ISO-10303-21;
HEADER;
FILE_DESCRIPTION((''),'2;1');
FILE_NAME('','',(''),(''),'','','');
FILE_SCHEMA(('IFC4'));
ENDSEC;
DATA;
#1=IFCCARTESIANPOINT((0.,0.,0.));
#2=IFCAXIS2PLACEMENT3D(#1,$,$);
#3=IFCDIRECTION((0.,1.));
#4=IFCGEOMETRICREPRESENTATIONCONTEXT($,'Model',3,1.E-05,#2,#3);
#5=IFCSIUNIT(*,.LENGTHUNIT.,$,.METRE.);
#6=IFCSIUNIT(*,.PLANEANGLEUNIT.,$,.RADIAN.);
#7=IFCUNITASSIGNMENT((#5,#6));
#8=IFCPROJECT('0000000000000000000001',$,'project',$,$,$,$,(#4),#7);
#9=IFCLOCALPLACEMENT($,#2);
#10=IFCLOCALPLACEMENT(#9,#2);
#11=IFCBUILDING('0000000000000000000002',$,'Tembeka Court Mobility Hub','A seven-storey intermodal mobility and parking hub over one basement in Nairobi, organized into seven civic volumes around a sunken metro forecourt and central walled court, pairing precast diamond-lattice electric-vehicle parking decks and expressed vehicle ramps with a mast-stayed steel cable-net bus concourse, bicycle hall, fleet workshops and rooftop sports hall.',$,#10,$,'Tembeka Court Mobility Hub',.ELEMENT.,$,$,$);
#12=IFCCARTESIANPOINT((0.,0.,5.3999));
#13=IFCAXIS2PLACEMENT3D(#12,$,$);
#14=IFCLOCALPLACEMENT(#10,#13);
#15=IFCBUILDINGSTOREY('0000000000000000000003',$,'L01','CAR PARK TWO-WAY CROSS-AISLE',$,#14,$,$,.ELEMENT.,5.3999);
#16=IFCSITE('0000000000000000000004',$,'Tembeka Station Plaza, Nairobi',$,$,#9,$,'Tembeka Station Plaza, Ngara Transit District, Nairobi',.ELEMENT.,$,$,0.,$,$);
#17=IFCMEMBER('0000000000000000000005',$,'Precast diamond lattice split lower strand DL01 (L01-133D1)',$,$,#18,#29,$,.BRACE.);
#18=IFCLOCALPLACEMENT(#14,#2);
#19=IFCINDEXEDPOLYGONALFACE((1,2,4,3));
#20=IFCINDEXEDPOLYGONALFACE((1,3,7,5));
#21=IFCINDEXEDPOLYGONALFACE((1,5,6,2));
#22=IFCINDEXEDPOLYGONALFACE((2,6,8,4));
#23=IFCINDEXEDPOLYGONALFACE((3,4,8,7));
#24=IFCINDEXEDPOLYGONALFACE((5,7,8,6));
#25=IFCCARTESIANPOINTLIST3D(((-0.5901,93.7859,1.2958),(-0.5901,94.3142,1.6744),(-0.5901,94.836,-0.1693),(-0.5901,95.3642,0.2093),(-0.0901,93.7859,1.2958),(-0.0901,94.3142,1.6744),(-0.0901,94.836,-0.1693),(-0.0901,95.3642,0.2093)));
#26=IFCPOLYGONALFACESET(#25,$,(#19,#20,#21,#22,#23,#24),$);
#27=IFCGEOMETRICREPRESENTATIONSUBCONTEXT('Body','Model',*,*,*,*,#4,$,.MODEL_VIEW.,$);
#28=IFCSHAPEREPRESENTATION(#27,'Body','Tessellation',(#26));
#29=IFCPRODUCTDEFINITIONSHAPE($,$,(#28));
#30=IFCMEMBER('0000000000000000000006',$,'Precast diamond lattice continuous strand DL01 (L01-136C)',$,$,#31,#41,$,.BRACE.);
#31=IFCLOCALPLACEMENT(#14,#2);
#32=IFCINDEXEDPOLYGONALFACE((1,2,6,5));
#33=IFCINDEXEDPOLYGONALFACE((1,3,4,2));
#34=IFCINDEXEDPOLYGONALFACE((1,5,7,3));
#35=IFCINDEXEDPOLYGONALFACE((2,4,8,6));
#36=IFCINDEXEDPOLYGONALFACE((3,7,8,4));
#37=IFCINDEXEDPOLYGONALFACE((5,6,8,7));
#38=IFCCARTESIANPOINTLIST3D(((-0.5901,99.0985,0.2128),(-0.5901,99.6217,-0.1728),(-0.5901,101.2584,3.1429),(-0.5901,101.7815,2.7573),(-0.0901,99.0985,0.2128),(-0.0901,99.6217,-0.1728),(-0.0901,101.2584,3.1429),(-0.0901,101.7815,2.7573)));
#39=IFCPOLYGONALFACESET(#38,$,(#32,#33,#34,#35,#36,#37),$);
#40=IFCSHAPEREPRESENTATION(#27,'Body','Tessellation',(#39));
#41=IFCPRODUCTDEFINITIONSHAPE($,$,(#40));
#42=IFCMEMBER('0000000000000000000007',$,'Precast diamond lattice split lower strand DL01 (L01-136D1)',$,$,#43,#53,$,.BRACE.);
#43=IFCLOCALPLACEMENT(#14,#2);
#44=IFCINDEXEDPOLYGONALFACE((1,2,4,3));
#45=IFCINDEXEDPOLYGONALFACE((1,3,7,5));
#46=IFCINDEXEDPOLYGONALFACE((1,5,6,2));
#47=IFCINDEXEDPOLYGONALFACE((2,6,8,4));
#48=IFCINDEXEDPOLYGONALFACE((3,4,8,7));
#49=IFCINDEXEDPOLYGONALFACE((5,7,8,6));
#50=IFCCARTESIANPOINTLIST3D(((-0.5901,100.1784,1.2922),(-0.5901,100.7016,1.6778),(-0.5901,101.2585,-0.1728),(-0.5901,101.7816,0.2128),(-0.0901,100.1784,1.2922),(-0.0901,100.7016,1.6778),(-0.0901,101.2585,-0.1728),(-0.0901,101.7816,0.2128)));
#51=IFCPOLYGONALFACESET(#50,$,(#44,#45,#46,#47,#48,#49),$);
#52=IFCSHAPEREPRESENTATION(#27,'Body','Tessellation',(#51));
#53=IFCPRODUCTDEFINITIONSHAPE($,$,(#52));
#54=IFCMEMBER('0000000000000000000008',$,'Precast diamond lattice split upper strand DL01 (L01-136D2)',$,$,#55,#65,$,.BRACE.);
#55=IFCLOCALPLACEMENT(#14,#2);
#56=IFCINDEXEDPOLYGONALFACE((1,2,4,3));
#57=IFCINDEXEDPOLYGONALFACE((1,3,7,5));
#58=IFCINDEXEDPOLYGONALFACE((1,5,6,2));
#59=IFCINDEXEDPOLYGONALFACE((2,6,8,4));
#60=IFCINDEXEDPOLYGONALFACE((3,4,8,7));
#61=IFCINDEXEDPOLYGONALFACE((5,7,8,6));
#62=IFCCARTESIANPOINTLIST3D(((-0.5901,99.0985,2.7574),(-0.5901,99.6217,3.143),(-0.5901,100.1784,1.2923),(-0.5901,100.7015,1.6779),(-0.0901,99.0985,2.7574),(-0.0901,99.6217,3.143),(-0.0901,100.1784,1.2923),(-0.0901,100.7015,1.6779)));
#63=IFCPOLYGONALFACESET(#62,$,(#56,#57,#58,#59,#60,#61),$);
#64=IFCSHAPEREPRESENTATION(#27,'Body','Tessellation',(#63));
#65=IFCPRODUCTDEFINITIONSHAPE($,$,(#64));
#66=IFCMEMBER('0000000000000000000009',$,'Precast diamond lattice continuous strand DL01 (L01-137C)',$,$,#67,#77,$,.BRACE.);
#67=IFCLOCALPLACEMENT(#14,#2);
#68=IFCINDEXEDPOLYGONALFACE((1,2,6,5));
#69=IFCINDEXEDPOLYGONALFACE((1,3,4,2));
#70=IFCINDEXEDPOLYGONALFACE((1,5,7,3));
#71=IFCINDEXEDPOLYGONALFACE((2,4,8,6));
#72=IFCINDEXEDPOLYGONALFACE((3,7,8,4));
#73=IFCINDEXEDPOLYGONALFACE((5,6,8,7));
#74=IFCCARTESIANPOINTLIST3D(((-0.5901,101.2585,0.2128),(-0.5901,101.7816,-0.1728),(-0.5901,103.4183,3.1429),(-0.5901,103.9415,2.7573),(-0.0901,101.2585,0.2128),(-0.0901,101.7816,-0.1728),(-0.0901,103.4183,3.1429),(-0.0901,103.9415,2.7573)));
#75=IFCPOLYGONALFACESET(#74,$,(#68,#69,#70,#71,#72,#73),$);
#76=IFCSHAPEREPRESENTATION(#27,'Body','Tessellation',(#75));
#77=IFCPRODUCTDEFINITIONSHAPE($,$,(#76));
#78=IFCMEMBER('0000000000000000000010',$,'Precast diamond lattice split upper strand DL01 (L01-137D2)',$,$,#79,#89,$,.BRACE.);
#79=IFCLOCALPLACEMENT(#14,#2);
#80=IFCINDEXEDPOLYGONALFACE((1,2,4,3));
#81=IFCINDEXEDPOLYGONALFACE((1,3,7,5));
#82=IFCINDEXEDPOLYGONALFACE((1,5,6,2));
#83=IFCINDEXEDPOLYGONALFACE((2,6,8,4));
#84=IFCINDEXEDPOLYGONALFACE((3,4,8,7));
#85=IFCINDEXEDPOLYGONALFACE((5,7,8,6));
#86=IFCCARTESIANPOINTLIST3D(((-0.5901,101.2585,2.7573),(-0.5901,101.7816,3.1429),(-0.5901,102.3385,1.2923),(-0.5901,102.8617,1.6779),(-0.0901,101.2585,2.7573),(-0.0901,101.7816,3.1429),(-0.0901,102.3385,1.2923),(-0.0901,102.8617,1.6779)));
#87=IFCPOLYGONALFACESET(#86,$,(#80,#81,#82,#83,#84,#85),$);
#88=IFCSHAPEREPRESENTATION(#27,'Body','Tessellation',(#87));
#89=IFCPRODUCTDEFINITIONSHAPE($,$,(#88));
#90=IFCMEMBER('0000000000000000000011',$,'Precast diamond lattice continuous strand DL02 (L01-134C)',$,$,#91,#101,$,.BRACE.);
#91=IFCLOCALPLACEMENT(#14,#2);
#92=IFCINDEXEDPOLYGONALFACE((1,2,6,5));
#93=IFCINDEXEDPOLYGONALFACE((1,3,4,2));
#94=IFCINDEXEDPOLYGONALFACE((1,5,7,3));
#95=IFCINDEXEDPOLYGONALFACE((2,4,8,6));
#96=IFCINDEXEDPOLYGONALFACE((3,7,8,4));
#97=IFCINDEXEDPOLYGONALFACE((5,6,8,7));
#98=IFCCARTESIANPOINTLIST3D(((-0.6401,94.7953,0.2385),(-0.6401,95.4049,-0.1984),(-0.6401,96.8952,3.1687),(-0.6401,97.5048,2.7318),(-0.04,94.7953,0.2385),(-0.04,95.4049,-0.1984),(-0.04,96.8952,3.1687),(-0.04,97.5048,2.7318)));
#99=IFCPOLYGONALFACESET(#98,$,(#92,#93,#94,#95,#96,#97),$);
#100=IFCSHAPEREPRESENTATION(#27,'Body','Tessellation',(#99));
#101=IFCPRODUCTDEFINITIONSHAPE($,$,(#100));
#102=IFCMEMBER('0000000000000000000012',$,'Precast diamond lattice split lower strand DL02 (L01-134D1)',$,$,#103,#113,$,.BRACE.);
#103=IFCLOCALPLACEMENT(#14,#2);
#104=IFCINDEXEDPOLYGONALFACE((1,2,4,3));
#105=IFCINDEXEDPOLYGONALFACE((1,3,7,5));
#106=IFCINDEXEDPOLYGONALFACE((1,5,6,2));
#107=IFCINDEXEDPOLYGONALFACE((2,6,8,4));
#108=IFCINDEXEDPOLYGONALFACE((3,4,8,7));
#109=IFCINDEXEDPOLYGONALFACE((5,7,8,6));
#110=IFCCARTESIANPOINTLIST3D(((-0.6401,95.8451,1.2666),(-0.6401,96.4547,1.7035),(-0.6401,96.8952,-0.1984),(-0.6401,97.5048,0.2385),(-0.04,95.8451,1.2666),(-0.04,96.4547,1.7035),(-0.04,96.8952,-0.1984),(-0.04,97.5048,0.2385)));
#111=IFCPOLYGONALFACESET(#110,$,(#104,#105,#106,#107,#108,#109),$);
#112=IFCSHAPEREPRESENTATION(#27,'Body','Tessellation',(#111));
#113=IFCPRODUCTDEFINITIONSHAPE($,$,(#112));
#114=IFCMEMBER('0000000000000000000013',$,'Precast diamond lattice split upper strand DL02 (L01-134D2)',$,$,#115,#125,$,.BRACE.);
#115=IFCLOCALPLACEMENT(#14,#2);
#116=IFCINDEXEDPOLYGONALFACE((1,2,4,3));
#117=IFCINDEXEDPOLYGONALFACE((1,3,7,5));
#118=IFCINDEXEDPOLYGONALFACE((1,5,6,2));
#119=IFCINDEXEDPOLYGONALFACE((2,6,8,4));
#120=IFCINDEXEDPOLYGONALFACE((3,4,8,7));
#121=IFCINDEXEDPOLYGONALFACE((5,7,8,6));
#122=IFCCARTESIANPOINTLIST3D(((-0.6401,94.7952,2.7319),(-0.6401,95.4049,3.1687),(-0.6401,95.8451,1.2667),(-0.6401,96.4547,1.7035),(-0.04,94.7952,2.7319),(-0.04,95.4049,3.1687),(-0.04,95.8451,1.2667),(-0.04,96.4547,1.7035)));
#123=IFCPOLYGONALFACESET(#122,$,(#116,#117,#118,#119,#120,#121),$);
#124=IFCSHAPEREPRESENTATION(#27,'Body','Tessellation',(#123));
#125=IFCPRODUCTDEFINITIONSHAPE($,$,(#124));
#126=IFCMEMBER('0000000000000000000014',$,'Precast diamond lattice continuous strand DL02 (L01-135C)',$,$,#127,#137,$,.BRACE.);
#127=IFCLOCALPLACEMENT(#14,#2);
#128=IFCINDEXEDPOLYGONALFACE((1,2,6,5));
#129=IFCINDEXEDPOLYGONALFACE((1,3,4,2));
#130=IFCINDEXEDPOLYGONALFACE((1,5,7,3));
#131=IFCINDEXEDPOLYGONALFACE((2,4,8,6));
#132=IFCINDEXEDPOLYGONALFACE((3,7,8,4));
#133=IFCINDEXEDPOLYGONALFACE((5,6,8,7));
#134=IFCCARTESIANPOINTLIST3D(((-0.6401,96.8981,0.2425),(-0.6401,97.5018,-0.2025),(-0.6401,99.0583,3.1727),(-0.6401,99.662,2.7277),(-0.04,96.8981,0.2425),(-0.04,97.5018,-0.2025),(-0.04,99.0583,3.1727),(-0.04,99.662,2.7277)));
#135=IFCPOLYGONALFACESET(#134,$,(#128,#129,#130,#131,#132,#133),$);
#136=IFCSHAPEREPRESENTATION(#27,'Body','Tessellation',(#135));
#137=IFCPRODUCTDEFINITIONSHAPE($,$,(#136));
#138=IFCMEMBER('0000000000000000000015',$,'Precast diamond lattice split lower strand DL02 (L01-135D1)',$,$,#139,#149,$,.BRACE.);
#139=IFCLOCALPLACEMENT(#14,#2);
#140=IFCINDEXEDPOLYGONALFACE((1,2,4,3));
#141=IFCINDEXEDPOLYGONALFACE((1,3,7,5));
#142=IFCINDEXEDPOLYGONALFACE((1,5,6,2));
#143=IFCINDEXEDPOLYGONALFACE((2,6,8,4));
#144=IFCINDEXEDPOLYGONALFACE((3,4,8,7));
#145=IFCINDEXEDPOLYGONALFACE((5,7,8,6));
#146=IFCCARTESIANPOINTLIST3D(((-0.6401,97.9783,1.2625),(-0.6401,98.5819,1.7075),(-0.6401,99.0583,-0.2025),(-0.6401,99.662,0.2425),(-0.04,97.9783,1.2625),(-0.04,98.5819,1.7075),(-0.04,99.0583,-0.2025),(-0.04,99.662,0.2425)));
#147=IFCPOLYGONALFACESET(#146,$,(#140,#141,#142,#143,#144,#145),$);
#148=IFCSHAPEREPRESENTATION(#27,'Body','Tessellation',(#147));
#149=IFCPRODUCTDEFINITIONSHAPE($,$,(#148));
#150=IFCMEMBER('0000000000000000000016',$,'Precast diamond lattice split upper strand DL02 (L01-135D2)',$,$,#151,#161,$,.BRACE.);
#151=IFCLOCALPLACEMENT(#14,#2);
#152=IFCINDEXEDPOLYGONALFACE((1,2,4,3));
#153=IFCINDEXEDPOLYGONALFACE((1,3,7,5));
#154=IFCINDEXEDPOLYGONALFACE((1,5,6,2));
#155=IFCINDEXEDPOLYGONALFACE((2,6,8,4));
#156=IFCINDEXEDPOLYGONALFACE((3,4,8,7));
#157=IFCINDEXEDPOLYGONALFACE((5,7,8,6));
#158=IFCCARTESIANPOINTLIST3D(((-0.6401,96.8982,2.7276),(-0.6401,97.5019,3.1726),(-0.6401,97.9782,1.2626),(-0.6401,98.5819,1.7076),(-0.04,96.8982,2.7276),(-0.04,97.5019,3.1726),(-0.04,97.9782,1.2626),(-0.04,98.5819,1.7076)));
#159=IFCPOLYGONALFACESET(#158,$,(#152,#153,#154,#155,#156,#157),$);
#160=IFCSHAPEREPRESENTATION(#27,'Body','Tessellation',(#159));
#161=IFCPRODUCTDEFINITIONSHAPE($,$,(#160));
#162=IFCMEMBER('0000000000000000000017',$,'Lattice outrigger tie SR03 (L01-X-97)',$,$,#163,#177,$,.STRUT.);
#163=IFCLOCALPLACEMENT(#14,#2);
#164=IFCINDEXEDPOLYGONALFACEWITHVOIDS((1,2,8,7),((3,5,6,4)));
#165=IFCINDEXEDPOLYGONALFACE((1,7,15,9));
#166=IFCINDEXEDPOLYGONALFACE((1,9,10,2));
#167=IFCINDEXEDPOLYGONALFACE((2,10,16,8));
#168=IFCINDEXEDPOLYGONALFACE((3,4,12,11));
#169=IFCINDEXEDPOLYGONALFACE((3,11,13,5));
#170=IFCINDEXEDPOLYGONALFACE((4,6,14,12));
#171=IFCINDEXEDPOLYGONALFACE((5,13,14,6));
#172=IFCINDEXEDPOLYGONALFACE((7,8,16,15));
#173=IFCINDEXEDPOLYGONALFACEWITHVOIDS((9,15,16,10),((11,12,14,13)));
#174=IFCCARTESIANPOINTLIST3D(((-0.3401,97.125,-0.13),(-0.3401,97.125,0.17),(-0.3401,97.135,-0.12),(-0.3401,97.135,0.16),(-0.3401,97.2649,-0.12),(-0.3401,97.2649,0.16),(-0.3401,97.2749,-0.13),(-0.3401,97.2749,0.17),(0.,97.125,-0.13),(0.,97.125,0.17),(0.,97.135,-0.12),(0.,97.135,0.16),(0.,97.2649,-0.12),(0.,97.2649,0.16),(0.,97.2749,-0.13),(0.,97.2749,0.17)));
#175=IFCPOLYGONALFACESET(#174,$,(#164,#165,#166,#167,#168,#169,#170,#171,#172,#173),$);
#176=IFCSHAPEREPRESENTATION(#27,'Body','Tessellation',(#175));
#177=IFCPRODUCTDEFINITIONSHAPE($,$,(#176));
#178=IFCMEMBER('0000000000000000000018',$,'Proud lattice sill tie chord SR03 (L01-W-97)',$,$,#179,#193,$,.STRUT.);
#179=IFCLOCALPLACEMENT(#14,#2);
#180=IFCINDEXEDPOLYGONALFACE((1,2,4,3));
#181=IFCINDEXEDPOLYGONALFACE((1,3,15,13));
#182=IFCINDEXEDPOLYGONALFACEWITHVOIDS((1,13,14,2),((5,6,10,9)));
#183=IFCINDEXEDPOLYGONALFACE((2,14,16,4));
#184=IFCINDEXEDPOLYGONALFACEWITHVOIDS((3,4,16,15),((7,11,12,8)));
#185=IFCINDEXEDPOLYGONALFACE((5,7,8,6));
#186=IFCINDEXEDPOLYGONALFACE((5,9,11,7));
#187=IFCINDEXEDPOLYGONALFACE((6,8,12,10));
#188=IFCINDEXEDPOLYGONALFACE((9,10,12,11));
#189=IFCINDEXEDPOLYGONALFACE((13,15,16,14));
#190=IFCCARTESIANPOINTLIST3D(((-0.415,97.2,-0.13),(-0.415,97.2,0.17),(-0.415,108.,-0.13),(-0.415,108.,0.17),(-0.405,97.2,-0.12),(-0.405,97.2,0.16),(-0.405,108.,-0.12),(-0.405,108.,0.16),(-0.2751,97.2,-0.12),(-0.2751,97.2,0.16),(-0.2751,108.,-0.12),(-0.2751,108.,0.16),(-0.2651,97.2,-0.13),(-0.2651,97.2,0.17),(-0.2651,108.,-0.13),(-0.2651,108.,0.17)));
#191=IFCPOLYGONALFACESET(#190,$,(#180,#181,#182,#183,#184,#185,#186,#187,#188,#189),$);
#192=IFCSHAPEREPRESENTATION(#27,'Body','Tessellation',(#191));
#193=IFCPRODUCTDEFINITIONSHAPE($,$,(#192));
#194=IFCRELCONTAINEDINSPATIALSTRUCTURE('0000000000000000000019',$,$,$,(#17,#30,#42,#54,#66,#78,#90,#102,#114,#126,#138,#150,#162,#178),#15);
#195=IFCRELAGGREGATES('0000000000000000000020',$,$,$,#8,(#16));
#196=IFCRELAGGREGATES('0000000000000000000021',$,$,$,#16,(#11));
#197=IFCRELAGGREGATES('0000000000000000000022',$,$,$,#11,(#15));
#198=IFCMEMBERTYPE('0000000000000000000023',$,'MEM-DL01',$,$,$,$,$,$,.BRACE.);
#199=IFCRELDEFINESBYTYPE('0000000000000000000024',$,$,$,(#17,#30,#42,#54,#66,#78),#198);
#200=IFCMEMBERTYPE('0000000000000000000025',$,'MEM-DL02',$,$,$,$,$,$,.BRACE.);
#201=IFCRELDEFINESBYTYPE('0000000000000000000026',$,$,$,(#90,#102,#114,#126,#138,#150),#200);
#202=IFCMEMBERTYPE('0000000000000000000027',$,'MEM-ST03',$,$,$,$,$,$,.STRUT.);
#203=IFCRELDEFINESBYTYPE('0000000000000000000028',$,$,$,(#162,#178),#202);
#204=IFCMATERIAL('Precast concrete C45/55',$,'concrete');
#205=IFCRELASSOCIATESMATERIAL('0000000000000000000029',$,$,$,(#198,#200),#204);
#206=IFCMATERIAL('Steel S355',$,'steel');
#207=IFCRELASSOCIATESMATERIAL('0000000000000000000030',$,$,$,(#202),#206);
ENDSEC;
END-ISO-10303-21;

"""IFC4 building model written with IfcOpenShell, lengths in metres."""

from ifc_helpers import new_model, si_unit, direction, frame, origin, origin_2d, place, context, subcontext, project, spatial, rectangle, hollow_rectangle, extrude, material, material_profile, profile_set, type_object, element, save


model = new_model("IFC4")

# Units and contexts
model_context = context("Model", 3, precision=1e-05, world=origin(), true_north=direction((0.0, 1.0)))
body_context = subcontext(model_context, "Body", "Model", "MODEL_VIEW")
ifc_project = project(units=[si_unit("LENGTHUNIT", "METRE"), si_unit("PLANEANGLEUNIT", "RADIAN")], contexts=[model_context])

# Site, building, storey
site_placement = place(None, origin())
site = spatial("IfcSite", under=ifc_project, at=site_placement, Name="Tembeka Station Plaza, Nairobi", LongName="Tembeka Station Plaza, Ngara Transit District, Nairobi", CompositionType="ELEMENT", RefElevation=0.0)
building_placement = place(site_placement, origin())
building = spatial("IfcBuilding", under=site, at=building_placement, Name="Tembeka Court Mobility Hub", Description="A seven-storey intermodal mobility and parking hub over one basement in Nairobi, organized into seven civic volumes around a sunken metro forecourt and central walled court, pairing precast diamond-lattice electric-vehicle parking decks and expressed vehicle ramps with a mast-stayed steel cable-net bus concourse, bicycle hall, fleet workshops and rooftop sports hall.", LongName="Tembeka Court Mobility Hub", CompositionType="ELEMENT")
storey_placement = place(building_placement, frame((0.0, 0.0, 5.3999)))
storey = spatial("IfcBuildingStorey", under=building, at=storey_placement, Name="L01", Description="CAR PARK TWO-WAY CROSS-AISLE", CompositionType="ELEMENT", Elevation=5.3999)

# Shared definitions
ifc_material_1 = material(Name="Steel S355", Category="steel")

# Members
ifc_material_2 = material(Name="Precast concrete C45/55", Category="concrete")
ifc_material_profile_1 = material_profile(ifc_material_2, rectangle(XDim=0.5, YDim=0.6499, at=origin_2d()), Name="PC-DIAG 500x650")
ifc_profile_set_1 = profile_set([ifc_material_profile_1], Name="Precast concrete C45/55")
member_type_1 = type_object("IfcMemberType", Name="MEM-DL01", PredefinedType="BRACE", material=ifc_profile_set_1)
member_1_placement = place(storey_placement, frame((-0.3401, 95.1001, 0.02), z_axis=(0.0, -0.582544, 0.812799), x_axis=(1.0, 0.0, 0.0)))
element("IfcMember", 1, at=member_1_placement, inside=storey, type_object=member_type_1, Name="Precast diamond lattice split lower strand DL01 (L01-133D1)", PredefinedType="BRACE", context=body_context, shape_type="SweptSolid", body=[
    extrude(rectangle(XDim=0.5, YDim=0.6499, at=origin_2d()), origin(), (0.0, 0.0, 1.0), 1.8025),
])
member_2_placement = place(storey_placement, frame((-0.3401, 99.3601, 0.02), z_axis=(0.0, 0.593348, 0.804946), x_axis=(-1.0, 0.0, 0.0)))
element("IfcMember", 2, at=member_2_placement, inside=storey, type_object=member_type_1, Name="Precast diamond lattice continuous strand DL01 (L01-136C)", PredefinedType="BRACE", context=body_context, shape_type="SweptSolid", body=[
    extrude(rectangle(XDim=0.5, YDim=0.6499, at=origin_2d()), origin(), (0.0, 0.0, 1.0), 3.6401),
])
for number, where, z_axis, x_axis, name in (
    (3, (-0.3401, 101.52, 0.02), (0.0, -0.593391, 0.804914), (1.0, 0.0, 0.0), "Precast diamond lattice split lower strand DL01 (L01-136D1)"),
    (4, (-0.3401, 100.4399, 1.4851), (0.0, -0.593304, 0.804978), (1.0, 0.0, 0.0), "Precast diamond lattice split upper strand DL01 (L01-136D2)"),
):
    element("IfcMember", number, at=place(storey_placement, frame(where, z_axis=z_axis, x_axis=x_axis)), inside=storey, type_object=member_type_1, Name=name, PredefinedType="BRACE", context=body_context, shape_type="SweptSolid", body=[
        extrude(rectangle(XDim=0.5, YDim=0.6499, at=origin_2d()), origin(), (0.0, 0.0, 1.0), 1.8201),
    ])
member_3_placement = place(storey_placement, frame((-0.3401, 101.52, 0.02), z_axis=(0.0, 0.593348, 0.804946), x_axis=(-1.0, 0.0, 0.0)))
element("IfcMember", 5, at=member_3_placement, inside=storey, type_object=member_type_1, Name="Precast diamond lattice continuous strand DL01 (L01-137C)", PredefinedType="BRACE", context=body_context, shape_type="SweptSolid", body=[
    extrude(rectangle(XDim=0.5, YDim=0.6499, at=origin_2d()), origin(), (0.0, 0.0, 1.0), 3.6401),
])
member_4_placement = place(storey_placement, frame((-0.3401, 102.6001, 1.4851), z_axis=(0.0, -0.593391, 0.804914), x_axis=(1.0, 0.0, 0.0)))
element("IfcMember", 6, at=member_4_placement, inside=storey, type_object=member_type_1, Name="Precast diamond lattice split upper strand DL01 (L01-137D2)", PredefinedType="BRACE", context=body_context, shape_type="SweptSolid", body=[
    extrude(rectangle(XDim=0.5, YDim=0.6499, at=origin_2d()), origin(), (0.0, 0.0, 1.0), 1.8201),
])
ifc_material_profile_2 = material_profile(ifc_material_2, rectangle(XDim=0.6001, YDim=0.75, at=origin_2d()), Name="PC-DIAG 600x750")
ifc_profile_set_2 = profile_set([ifc_material_profile_2], Name="Precast concrete C45/55")
member_type_2 = type_object("IfcMemberType", Name="MEM-DL02", PredefinedType="BRACE", material=ifc_profile_set_2)
member_5_placement = place(storey_placement, frame((-0.3401, 95.1001, 0.02), z_axis=(0.0, 0.5825, 0.812831), x_axis=(-1.0, 0.0, 0.0)))
element("IfcMember", 7, at=member_5_placement, inside=storey, type_object=member_type_2, Name="Precast diamond lattice continuous strand DL02 (L01-134C)", PredefinedType="BRACE", context=body_context, shape_type="SweptSolid", body=[
    extrude(rectangle(XDim=0.6001, YDim=0.75, at=origin_2d()), origin(), (0.0, 0.0, 1.0), 3.605),
])
for number, where, z_axis, x_axis, name in (
    (8, (-0.3401, 97.2, 0.02), (0.0, -0.582544, 0.812799), (1.0, 0.0, 0.0), "Precast diamond lattice split lower strand DL02 (L01-134D1)"),
    (9, (-0.3401, 96.1499, 1.4851), (0.0, -0.582455, 0.812863), (1.0, 0.0, 0.0), "Precast diamond lattice split upper strand DL02 (L01-134D2)"),
):
    element("IfcMember", number, at=place(storey_placement, frame(where, z_axis=z_axis, x_axis=x_axis)), inside=storey, type_object=member_type_2, Name=name, PredefinedType="BRACE", context=body_context, shape_type="SweptSolid", body=[
        extrude(rectangle(XDim=0.6001, YDim=0.75, at=origin_2d()), origin(), (0.0, 0.0, 1.0), 1.8025),
    ])
member_6_placement = place(storey_placement, frame((-0.3401, 97.2, 0.02), z_axis=(0.0, 0.593391, 0.804914), x_axis=(-1.0, 0.0, 0.0)))
element("IfcMember", 10, at=member_6_placement, inside=storey, type_object=member_type_2, Name="Precast diamond lattice continuous strand DL02 (L01-135C)", PredefinedType="BRACE", context=body_context, shape_type="SweptSolid", body=[
    extrude(rectangle(XDim=0.6001, YDim=0.75, at=origin_2d()), origin(), (0.0, 0.0, 1.0), 3.6404),
])
for number, where, z_axis, x_axis, name in (
    (11, (-0.3401, 99.3601, 0.02), (0.0, -0.593391, 0.804914), (1.0, 0.0, 0.0), "Precast diamond lattice split lower strand DL02 (L01-135D1)"),
    (12, (-0.3401, 98.28, 1.4851), (0.0, -0.593391, 0.804914), (1.0, 0.0, 0.0), "Precast diamond lattice split upper strand DL02 (L01-135D2)"),
):
    element("IfcMember", number, at=place(storey_placement, frame(where, z_axis=z_axis, x_axis=x_axis)), inside=storey, type_object=member_type_2, Name=name, PredefinedType="BRACE", context=body_context, shape_type="SweptSolid", body=[
        extrude(rectangle(XDim=0.6001, YDim=0.75, at=origin_2d()), origin(), (0.0, 0.0, 1.0), 1.8201),
    ])
ifc_material_profile_3 = material_profile(ifc_material_1, hollow_rectangle(XDim=0.1499, YDim=0.3, WallThickness=0.01, at=origin_2d()), Name="RHS 300x150x10")
ifc_profile_set_3 = profile_set([ifc_material_profile_3], Name="Steel S355")
member_type_3 = type_object("IfcMemberType", Name="MEM-ST03", PredefinedType="STRUT", material=ifc_profile_set_3)
member_7_placement = place(storey_placement, frame((0.0, 97.2, 0.02), z_axis=(-1.0, 0.0, 0.0), x_axis=(0.0, -1.0, 0.0)))
element("IfcMember", 13, at=member_7_placement, inside=storey, type_object=member_type_3, Name="Lattice outrigger tie SR03 (L01-X-97)", PredefinedType="STRUT", context=body_context, shape_type="SweptSolid", body=[
    extrude(hollow_rectangle(XDim=0.1499, YDim=0.3, WallThickness=0.01, at=origin_2d()), origin(), (0.0, 0.0, 1.0), 0.3401),
])
member_8_placement = place(storey_placement, frame((-0.3401, 97.2, 0.02), z_axis=(0.0, 1.0, 0.0), x_axis=(-1.0, 0.0, 0.0)))
element("IfcMember", 14, at=member_8_placement, inside=storey, type_object=member_type_3, Name="Proud lattice sill tie chord SR03 (L01-W-97)", PredefinedType="STRUT", context=body_context, shape_type="SweptSolid", body=[
    extrude(hollow_rectangle(XDim=0.1499, YDim=0.3, WallThickness=0.01, at=origin_2d()), origin(), (0.0, 0.0, 1.0), 10.8),
])

save(model, "model.ifc")
